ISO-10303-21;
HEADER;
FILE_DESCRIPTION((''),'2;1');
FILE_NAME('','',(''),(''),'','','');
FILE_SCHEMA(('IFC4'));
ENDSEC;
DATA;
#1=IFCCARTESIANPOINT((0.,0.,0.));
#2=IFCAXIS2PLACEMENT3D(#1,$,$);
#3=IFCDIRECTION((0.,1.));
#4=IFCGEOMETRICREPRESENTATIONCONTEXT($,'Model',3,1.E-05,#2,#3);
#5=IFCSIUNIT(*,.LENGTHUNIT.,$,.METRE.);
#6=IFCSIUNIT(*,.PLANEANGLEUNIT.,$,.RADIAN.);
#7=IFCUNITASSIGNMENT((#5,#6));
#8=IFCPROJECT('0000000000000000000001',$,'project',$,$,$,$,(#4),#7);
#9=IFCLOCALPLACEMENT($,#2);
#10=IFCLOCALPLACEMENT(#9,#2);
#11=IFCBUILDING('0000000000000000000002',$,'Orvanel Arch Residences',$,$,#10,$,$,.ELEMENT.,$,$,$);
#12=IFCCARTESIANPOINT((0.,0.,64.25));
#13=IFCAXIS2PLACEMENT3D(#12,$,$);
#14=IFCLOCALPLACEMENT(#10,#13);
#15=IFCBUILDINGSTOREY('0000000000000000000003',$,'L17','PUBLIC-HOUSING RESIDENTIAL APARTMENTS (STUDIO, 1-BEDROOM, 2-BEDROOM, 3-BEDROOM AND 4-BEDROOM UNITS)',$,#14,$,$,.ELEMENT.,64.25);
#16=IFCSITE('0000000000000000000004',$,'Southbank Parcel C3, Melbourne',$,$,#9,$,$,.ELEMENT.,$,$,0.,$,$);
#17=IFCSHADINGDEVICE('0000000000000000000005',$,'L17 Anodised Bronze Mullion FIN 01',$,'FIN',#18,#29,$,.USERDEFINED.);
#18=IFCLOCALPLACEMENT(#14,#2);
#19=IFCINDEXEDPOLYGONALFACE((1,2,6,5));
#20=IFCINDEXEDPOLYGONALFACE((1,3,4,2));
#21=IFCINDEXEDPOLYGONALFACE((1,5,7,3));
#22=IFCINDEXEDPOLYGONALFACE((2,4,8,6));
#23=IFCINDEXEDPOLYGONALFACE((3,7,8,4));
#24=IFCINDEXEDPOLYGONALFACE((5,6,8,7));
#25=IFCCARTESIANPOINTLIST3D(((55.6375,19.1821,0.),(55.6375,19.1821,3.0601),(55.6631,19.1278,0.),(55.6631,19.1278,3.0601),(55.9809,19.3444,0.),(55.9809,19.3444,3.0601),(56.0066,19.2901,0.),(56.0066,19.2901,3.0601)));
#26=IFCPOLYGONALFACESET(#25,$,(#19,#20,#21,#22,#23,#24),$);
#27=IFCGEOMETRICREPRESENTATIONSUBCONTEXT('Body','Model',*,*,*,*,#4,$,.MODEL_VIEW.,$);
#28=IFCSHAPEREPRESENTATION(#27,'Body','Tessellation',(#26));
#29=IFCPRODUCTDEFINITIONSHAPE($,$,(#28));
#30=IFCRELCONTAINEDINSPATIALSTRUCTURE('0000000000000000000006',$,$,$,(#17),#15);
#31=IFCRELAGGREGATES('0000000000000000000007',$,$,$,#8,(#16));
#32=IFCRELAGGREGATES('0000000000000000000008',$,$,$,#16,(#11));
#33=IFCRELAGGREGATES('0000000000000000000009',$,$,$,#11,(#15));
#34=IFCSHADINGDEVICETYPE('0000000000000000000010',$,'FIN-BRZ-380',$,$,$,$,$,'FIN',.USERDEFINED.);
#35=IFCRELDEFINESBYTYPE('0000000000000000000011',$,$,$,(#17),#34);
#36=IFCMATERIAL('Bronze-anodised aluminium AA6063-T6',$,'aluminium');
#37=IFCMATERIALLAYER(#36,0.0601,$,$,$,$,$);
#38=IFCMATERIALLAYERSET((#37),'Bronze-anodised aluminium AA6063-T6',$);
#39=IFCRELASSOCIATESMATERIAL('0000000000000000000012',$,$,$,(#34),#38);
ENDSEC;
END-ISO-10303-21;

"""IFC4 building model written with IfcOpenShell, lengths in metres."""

from ifc_helpers import new_model, si_unit, direction, frame, origin, origin_2d, place, context, subcontext, project, spatial, rectangle, extrude, material, layer, layer_set, type_object, element, save


model = new_model("IFC4")

# Units and contexts
model_context = context("Model", 3, precision=1e-05, world=origin(), true_north=direction((0.0, 1.0)))
body_context = subcontext(model_context, "Body", "Model", "MODEL_VIEW")
ifc_project = project(units=[si_unit("LENGTHUNIT", "METRE"), si_unit("PLANEANGLEUNIT", "RADIAN")], contexts=[model_context])

# Site, building, storey
site_placement = place(None, origin())
site = spatial("IfcSite", under=ifc_project, at=site_placement, Name="Southbank Parcel C3, Melbourne", CompositionType="ELEMENT", RefElevation=0.0)
building_placement = place(site_placement, origin())
building = spatial("IfcBuilding", under=site, at=building_placement, Name="Orvanel Arch Residences", CompositionType="ELEMENT")
storey_placement = place(building_placement, frame((0.0, 0.0, 64.25)))
storey = spatial("IfcBuildingStorey", under=building, at=storey_placement, Name="L17", Description="PUBLIC-HOUSING RESIDENTIAL APARTMENTS (STUDIO, 1-BEDROOM, 2-BEDROOM, 3-BEDROOM AND 4-BEDROOM UNITS)", CompositionType="ELEMENT", Elevation=64.25)

# Shared definitions
ifc_material_1 = material(Name="Bronze-anodised aluminium AA6063-T6", Category="aluminium")

# Shading device
ifc_layer_1 = layer(ifc_material_1, 0.0601)
ifc_layer_set_1 = layer_set([ifc_layer_1], Name="Bronze-anodised aluminium AA6063-T6")
shading_device_type = type_object("IfcShadingDeviceType", Name="FIN-BRZ-380", ElementType="FIN", PredefinedType="USERDEFINED", material=ifc_layer_set_1)
shading_device_placement = place(storey_placement, frame((55.822, 19.2361, 0.0), z_axis=(0.0, 0.0, 1.0), x_axis=(0.904083, 0.427358, 0.0)))
element("IfcShadingDevice", 1, at=shading_device_placement, inside=storey, type_object=shading_device_type, Name="L17 Anodised Bronze Mullion FIN 01", ObjectType="FIN", PredefinedType="USERDEFINED", context=body_context, shape_type="SweptSolid", body=[
    extrude(rectangle(XDim=0.3799, YDim=0.0601, at=origin_2d()), origin(), (0.0, 0.0, 1.0), 3.0601),
])

save(model, "model.ifc")
